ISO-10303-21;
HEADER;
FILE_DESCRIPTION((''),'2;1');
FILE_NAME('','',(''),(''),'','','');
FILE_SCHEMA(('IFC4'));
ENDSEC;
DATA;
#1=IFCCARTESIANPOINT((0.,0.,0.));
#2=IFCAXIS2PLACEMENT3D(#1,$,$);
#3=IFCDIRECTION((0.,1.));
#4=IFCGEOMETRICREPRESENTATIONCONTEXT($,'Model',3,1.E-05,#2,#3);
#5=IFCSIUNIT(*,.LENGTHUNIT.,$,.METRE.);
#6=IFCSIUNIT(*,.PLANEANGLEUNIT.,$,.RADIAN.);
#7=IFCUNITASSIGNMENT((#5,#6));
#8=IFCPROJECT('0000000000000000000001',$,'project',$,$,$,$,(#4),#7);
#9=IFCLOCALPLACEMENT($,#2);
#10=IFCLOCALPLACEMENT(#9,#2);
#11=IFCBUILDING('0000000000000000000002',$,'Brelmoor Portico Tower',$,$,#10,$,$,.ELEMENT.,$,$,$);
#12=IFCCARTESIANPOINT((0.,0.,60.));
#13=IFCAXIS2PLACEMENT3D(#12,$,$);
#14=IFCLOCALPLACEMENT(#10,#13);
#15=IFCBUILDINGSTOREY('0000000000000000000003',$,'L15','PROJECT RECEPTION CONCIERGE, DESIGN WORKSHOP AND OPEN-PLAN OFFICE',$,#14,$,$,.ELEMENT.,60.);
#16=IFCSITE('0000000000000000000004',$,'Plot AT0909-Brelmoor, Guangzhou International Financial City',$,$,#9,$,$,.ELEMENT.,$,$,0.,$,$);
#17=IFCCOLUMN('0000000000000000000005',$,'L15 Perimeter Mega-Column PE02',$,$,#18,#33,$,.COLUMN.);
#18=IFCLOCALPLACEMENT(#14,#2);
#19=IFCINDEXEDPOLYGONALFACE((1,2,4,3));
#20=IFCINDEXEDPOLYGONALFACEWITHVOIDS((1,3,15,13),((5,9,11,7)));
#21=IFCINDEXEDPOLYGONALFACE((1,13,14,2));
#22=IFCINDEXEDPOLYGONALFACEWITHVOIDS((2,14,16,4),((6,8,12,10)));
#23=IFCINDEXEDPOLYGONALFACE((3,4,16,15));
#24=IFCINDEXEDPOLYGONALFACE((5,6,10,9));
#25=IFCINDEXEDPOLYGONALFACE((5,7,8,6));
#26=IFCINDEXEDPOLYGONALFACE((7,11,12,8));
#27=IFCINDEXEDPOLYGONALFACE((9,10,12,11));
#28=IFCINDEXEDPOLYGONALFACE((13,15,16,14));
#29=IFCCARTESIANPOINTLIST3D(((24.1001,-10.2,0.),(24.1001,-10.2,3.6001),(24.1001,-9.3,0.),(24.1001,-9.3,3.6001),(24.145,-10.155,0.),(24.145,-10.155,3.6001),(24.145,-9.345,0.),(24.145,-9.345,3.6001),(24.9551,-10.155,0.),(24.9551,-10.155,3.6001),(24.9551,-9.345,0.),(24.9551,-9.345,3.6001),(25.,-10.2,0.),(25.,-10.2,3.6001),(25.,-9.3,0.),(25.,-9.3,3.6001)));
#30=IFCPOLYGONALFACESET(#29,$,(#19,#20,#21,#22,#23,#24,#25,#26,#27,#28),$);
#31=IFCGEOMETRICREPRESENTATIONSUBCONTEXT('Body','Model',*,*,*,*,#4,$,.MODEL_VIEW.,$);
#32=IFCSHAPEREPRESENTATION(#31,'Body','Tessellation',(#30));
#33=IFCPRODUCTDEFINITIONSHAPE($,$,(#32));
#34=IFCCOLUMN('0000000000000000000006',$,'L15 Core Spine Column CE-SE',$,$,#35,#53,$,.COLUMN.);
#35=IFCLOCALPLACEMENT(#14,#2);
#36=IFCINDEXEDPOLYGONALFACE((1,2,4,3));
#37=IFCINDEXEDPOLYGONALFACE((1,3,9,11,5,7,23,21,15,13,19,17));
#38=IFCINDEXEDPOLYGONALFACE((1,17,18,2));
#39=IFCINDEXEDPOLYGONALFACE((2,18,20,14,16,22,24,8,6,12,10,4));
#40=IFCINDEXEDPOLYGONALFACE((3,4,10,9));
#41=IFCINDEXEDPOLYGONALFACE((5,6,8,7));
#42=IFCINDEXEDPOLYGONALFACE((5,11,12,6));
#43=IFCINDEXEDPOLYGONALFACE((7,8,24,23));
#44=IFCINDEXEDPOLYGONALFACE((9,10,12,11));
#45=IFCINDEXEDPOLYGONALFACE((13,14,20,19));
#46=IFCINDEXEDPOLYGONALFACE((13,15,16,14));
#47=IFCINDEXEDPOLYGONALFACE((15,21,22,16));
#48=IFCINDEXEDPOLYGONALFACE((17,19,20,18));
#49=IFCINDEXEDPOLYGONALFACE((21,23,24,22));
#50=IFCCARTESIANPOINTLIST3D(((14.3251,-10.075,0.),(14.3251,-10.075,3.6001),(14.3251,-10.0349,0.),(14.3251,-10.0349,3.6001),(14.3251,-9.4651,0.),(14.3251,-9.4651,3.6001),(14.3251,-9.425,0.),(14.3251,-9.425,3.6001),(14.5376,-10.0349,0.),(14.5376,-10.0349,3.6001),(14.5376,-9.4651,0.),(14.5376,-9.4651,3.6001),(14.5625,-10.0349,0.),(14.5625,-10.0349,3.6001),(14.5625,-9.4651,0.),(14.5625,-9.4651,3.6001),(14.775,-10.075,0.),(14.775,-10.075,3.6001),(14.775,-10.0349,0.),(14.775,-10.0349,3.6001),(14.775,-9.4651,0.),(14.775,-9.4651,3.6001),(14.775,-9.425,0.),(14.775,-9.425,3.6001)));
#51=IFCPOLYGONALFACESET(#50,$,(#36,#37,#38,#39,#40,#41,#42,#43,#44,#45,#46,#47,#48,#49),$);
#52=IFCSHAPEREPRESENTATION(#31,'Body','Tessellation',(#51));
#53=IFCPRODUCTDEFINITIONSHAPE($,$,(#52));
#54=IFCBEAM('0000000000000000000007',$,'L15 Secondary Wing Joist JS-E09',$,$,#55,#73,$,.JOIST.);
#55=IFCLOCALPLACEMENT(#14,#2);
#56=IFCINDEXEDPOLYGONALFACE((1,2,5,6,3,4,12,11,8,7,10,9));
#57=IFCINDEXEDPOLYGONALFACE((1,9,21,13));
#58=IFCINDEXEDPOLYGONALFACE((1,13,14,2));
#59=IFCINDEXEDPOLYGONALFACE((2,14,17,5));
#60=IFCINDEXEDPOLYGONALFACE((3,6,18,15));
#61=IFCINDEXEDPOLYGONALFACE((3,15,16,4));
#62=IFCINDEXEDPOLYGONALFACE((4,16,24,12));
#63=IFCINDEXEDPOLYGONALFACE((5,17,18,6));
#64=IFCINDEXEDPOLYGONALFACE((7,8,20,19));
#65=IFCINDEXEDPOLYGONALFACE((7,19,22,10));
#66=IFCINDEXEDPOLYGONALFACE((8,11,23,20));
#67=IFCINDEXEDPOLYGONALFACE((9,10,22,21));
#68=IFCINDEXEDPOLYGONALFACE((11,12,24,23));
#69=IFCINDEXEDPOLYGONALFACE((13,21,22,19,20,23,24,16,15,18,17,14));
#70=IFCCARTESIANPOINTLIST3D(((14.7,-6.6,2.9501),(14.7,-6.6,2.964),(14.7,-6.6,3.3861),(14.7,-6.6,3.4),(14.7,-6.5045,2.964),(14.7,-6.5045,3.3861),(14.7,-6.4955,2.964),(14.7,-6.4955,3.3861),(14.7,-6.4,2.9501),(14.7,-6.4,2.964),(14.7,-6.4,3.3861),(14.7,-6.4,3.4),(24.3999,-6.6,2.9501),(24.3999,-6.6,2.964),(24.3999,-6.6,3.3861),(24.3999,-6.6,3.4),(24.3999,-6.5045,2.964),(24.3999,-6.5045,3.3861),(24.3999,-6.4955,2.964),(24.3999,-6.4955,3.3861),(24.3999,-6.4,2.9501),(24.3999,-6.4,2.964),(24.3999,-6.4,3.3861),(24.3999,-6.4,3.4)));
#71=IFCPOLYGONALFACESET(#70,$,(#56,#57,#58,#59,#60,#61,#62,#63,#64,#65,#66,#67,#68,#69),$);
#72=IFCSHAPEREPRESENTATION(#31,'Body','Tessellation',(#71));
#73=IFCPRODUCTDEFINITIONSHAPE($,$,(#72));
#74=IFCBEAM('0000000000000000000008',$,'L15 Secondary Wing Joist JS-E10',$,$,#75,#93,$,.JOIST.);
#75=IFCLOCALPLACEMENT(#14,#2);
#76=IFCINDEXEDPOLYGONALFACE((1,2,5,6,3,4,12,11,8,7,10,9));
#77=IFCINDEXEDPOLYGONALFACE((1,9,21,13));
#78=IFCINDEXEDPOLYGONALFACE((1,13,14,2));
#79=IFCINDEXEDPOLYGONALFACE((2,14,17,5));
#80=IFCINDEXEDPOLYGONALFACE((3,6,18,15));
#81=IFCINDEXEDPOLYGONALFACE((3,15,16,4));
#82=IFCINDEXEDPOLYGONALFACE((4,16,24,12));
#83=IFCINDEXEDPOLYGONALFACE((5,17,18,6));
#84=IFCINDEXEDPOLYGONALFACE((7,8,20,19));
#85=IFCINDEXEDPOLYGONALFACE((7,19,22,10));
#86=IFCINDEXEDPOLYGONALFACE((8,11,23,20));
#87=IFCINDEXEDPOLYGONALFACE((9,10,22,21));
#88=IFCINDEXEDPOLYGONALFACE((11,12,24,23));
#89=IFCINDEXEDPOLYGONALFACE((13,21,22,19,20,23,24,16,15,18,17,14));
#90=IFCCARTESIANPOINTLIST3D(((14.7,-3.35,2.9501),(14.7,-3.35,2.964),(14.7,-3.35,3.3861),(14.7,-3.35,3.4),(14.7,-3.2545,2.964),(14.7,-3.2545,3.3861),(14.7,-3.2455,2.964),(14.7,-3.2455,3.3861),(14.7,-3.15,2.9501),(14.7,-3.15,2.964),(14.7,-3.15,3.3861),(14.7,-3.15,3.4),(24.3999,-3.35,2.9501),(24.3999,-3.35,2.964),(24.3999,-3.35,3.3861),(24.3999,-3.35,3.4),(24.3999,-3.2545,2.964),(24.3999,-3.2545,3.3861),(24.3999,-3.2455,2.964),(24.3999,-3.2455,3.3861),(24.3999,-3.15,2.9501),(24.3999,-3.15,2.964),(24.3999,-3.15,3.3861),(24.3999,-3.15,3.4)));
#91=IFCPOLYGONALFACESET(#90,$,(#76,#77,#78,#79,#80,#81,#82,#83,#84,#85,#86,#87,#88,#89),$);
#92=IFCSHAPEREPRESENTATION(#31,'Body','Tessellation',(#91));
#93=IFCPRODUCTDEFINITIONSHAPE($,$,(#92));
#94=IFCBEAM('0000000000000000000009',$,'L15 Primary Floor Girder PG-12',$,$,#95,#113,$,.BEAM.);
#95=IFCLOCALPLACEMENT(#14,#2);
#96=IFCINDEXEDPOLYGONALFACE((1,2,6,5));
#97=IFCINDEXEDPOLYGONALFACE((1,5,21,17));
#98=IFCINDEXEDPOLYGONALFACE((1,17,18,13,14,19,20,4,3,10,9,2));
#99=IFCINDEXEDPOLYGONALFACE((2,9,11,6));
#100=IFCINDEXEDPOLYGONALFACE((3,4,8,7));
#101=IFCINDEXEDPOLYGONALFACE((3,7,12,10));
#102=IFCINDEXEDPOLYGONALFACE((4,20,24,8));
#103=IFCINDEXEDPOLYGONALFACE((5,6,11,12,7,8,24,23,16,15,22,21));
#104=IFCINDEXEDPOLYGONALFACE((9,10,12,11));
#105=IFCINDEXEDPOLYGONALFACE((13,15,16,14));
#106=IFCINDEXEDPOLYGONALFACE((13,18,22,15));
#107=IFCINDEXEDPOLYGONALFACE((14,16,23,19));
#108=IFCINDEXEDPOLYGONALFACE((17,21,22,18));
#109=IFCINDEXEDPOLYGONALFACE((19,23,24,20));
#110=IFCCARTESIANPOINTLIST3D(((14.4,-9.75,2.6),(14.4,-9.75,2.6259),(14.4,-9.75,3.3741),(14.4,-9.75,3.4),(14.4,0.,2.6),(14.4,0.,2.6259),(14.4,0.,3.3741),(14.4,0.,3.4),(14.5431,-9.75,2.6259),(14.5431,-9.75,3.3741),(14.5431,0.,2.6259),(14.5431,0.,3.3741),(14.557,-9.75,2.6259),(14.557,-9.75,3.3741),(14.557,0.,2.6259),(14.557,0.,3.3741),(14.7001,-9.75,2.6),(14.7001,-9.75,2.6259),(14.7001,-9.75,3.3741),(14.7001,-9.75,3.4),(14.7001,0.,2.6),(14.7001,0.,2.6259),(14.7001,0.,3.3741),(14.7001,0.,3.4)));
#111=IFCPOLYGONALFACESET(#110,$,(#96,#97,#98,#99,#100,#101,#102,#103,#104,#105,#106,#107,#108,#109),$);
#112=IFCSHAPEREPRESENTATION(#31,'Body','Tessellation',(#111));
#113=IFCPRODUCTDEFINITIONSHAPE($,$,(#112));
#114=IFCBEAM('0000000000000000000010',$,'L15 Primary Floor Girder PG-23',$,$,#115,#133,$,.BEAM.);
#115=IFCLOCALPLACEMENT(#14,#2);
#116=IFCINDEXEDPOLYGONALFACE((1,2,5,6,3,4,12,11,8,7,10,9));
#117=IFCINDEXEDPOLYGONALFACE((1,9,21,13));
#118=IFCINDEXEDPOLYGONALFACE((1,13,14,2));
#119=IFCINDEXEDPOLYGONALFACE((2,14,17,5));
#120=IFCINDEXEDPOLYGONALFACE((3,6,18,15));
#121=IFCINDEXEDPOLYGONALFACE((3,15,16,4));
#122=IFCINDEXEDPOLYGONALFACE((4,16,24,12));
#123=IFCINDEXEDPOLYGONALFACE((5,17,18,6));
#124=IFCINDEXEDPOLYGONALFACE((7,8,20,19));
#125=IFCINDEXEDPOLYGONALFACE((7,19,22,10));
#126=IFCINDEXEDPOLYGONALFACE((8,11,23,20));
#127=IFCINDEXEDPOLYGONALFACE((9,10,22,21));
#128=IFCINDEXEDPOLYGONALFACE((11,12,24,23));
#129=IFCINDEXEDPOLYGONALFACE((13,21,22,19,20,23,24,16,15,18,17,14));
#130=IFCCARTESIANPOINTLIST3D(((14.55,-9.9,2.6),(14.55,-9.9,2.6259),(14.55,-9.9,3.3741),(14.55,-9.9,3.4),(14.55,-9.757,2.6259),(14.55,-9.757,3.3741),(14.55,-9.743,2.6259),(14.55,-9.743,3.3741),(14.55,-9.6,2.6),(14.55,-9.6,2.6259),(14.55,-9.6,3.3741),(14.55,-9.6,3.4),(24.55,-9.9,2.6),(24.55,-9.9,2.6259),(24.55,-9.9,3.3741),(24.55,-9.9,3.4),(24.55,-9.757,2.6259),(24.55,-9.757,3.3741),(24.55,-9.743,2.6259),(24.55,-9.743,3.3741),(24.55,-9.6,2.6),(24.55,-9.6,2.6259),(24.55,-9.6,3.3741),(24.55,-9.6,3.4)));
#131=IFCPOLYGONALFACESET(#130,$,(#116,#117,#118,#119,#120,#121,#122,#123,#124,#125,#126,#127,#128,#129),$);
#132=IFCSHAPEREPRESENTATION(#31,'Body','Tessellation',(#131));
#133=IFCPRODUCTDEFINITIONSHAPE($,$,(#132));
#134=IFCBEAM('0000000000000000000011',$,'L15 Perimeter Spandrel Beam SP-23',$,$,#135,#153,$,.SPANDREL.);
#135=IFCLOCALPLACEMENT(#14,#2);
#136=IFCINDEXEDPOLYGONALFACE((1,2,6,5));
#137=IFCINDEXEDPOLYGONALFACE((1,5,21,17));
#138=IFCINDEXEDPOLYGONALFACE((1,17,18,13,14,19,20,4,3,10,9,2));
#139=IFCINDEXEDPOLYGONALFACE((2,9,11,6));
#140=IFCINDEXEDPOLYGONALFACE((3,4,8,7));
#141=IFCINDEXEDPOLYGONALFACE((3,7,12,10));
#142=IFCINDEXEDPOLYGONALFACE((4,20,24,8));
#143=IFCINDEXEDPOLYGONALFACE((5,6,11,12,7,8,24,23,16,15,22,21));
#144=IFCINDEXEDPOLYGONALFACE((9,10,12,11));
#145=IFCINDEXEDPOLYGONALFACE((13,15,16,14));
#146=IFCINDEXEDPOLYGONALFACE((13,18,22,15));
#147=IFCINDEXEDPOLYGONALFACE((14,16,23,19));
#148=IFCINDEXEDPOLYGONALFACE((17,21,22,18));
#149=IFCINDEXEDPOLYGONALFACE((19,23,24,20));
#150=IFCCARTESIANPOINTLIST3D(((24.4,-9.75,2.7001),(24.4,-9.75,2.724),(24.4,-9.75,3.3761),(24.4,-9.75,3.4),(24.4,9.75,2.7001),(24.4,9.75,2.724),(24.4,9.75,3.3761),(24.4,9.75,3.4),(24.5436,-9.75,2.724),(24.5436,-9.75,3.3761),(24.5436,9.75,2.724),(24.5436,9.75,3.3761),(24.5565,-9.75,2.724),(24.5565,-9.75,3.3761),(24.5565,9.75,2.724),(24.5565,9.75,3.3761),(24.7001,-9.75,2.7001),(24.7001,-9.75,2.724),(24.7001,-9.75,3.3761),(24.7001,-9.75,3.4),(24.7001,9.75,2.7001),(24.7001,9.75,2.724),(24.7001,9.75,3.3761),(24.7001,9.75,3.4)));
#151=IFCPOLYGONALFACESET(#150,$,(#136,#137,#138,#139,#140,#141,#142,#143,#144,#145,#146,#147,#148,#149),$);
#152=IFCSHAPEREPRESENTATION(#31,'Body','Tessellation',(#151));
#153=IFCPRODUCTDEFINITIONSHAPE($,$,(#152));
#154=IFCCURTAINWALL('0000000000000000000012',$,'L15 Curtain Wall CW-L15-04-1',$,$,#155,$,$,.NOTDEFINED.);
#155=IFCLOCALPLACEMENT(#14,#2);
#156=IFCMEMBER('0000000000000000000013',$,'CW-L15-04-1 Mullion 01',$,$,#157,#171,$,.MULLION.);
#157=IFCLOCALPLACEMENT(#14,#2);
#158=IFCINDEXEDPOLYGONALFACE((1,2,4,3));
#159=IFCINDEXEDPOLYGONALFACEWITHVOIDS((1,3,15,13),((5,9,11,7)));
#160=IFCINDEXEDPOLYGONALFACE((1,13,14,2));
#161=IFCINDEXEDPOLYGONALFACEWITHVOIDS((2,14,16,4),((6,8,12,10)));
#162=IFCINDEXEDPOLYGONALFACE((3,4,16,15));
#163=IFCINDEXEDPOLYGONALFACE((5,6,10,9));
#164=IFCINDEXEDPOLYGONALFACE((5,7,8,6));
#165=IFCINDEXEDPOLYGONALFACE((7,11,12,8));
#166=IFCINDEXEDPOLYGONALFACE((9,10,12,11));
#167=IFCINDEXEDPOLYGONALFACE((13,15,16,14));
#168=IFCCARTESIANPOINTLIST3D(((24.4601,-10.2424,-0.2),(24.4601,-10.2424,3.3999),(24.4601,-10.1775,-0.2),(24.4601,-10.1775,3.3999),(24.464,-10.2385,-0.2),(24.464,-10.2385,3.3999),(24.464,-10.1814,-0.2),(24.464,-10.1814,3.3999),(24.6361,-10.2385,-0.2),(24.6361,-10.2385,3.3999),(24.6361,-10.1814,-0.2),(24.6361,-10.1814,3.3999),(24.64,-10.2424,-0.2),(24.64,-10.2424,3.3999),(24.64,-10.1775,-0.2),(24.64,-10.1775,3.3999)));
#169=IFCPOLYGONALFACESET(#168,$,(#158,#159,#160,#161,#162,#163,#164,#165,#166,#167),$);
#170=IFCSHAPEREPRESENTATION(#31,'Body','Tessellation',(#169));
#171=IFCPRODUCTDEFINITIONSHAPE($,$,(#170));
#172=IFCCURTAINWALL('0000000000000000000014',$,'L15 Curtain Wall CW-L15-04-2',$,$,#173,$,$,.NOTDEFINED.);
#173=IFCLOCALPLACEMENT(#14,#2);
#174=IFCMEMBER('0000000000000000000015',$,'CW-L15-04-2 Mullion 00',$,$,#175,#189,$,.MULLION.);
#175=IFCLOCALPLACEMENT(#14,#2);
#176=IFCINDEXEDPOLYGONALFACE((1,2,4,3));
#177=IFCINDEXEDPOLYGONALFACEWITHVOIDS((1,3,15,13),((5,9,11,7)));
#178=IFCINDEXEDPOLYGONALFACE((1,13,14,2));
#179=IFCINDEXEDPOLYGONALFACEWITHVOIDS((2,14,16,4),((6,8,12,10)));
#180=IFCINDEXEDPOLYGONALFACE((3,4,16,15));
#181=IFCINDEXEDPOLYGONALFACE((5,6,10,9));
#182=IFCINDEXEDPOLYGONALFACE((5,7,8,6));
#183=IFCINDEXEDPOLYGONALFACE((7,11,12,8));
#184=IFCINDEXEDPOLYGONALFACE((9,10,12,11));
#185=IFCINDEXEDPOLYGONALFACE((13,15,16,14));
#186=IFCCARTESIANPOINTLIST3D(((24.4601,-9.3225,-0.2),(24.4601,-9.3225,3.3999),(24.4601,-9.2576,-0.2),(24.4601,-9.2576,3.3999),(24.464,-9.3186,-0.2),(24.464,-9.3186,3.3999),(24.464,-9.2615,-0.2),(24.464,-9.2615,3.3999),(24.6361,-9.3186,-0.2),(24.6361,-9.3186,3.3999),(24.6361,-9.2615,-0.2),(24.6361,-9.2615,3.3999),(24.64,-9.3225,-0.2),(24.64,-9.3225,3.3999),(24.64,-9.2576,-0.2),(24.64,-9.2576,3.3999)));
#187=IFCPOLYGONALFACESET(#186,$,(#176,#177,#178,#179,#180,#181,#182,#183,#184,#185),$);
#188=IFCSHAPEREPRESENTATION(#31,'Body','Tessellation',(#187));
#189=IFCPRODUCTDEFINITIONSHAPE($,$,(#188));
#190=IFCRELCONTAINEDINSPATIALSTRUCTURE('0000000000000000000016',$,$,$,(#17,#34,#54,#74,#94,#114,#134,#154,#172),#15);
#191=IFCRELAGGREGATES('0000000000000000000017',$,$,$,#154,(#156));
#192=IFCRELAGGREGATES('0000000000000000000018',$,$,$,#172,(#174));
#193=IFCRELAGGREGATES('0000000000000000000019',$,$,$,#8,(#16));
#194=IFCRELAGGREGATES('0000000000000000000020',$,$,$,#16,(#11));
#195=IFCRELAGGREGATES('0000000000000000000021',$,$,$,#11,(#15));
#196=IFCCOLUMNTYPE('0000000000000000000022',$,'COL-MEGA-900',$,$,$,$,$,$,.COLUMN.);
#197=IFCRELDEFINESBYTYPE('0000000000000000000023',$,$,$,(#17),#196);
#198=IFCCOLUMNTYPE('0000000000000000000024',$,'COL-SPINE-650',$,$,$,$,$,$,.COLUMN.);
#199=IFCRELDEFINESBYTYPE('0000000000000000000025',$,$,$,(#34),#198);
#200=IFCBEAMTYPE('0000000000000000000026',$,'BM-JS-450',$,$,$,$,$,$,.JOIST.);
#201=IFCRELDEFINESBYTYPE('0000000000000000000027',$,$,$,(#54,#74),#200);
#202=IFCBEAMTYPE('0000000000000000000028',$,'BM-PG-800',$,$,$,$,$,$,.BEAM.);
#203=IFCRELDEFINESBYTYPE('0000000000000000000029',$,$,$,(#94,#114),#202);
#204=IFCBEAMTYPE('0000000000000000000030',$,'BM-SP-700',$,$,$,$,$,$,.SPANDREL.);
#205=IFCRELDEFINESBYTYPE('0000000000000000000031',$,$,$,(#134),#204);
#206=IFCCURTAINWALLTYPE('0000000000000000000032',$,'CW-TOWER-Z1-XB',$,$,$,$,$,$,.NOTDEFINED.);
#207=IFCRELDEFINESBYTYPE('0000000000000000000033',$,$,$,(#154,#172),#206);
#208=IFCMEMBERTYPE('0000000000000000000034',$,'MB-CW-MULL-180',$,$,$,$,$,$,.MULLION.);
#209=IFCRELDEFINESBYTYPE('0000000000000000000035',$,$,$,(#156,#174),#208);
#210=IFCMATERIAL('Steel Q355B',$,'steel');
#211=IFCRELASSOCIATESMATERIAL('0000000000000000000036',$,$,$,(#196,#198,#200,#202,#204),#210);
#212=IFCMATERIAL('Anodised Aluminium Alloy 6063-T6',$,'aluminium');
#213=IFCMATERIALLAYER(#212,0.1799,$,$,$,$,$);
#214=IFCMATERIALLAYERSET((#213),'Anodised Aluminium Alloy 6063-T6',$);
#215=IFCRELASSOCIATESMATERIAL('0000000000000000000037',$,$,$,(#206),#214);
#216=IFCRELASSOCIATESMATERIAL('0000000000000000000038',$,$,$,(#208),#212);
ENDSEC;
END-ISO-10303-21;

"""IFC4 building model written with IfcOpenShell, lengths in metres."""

from ifc_helpers import new_model, si_unit, direction, frame, origin, origin_2d, place, context, subcontext, project, spatial, hollow_rectangle, i_section, extrude, material, layer, layer_set, material_profile, profile_set, type_object, element, aggregate, save


model = new_model("IFC4")

# Units and contexts
model_context = context("Model", 3, precision=1e-05, world=origin(), true_north=direction((0.0, 1.0)))
body_context = subcontext(model_context, "Body", "Model", "MODEL_VIEW")
ifc_project = project(units=[si_unit("LENGTHUNIT", "METRE"), si_unit("PLANEANGLEUNIT", "RADIAN")], contexts=[model_context])

# Site, building, storey
site_placement = place(None, origin())
site = spatial("IfcSite", under=ifc_project, at=site_placement, Name="Plot AT0909-Brelmoor, Guangzhou International Financial City", CompositionType="ELEMENT", RefElevation=0.0)
building_placement = place(site_placement, origin())
building = spatial("IfcBuilding", under=site, at=building_placement, Name="Brelmoor Portico Tower", CompositionType="ELEMENT")
storey_placement = place(building_placement, frame((0.0, 0.0, 60.0)))
storey = spatial("IfcBuildingStorey", under=building, at=storey_placement, Name="L15", Description="PROJECT RECEPTION CONCIERGE, DESIGN WORKSHOP AND OPEN-PLAN OFFICE", CompositionType="ELEMENT", Elevation=60.0)

# Columns
ifc_material_1 = material(Name="Steel Q355B", Category="steel")
ifc_material_profile_1 = material_profile(ifc_material_1, hollow_rectangle(XDim=0.8999, YDim=0.8999, WallThickness=0.0449, at=origin_2d()), Name="BOX 900x900x45")
ifc_profile_set_1 = profile_set([ifc_material_profile_1], Name="Steel Q355B")
column_type_1 = type_object("IfcColumnType", Name="COL-MEGA-900", PredefinedType="COLUMN", material=ifc_profile_set_1)
column_1_placement = place(storey_placement, frame((24.55, -9.75, 0.0), z_axis=(0.0, 0.0, 1.0), x_axis=(0.0, 1.0, 0.0)))
element("IfcColumn", 1, at=column_1_placement, inside=storey, type_object=column_type_1, Name="L15 Perimeter Mega-Column PE02", PredefinedType="COLUMN", context=body_context, shape_type="SweptSolid", body=[
    extrude(hollow_rectangle(XDim=0.8999, YDim=0.8999, WallThickness=0.0449, at=origin_2d()), origin(), (0.0, 0.0, 1.0), 3.6001),
])
ifc_material_profile_2 = material_profile(ifc_material_1, i_section(OverallWidth=0.45, OverallDepth=0.6499, WebThickness=0.0249, FlangeThickness=0.04, at=origin_2d()), Name="HW 650x450x25x40")
ifc_profile_set_2 = profile_set([ifc_material_profile_2], Name="Steel Q355B")
column_type_2 = type_object("IfcColumnType", Name="COL-SPINE-650", PredefinedType="COLUMN", material=ifc_profile_set_2)
column_2_placement = place(storey_placement, frame((14.55, -9.75, 0.0), z_axis=(0.0, 0.0, 1.0), x_axis=(1.0, 0.0, 0.0)))
element("IfcColumn", 2, at=column_2_placement, inside=storey, type_object=column_type_2, Name="L15 Core Spine Column CE-SE", PredefinedType="COLUMN", context=body_context, shape_type="SweptSolid", body=[
    extrude(i_section(OverallWidth=0.45, OverallDepth=0.6499, WebThickness=0.0249, FlangeThickness=0.04, at=origin_2d()), origin(), (0.0, 0.0, 1.0), 3.6001),
])

# Beams
ifc_material_profile_3 = material_profile(ifc_material_1, i_section(OverallWidth=0.2, OverallDepth=0.45, WebThickness=0.009, FlangeThickness=0.0139, at=origin_2d()), Name="HN 450x200x9x14")
ifc_profile_set_3 = profile_set([ifc_material_profile_3], Name="Steel Q355B")
beam_type_1 = type_object("IfcBeamType", Name="BM-JS-450", PredefinedType="JOIST", material=ifc_profile_set_3)
for number, where, z_axis, x_axis, name in (
    (3, (14.7, -6.5, 3.175), (1.0, 0.0, 0.0), (0.0, 1.0, 0.0), "L15 Secondary Wing Joist JS-E09"),
    (4, (14.7, -3.25, 3.175), (1.0, 0.0, 0.0), (0.0, 1.0, 0.0), "L15 Secondary Wing Joist JS-E10"),
):
    element("IfcBeam", number, at=place(storey_placement, frame(where, z_axis=z_axis, x_axis=x_axis)), inside=storey, type_object=beam_type_1, Name=name, PredefinedType="JOIST", context=body_context, shape_type="SweptSolid", body=[
        extrude(i_section(OverallWidth=0.2, OverallDepth=0.45, WebThickness=0.009, FlangeThickness=0.0139, at=origin_2d()), origin(), (0.0, 0.0, 1.0), 9.7),
    ])
ifc_material_profile_4 = material_profile(ifc_material_1, i_section(OverallWidth=0.3, OverallDepth=0.8, WebThickness=0.0139, FlangeThickness=0.0259, at=origin_2d()), Name="HN 800x300x14x26")
ifc_profile_set_4 = profile_set([ifc_material_profile_4], Name="Steel Q355B")
beam_type_2 = type_object("IfcBeamType", Name="BM-PG-800", PredefinedType="BEAM", material=ifc_profile_set_4)
beam_1_placement = place(storey_placement, frame((14.55, -9.75, 3.0), z_axis=(0.0, 1.0, 0.0), x_axis=(-1.0, 0.0, 0.0)))
element("IfcBeam", 5, at=beam_1_placement, inside=storey, type_object=beam_type_2, Name="L15 Primary Floor Girder PG-12", PredefinedType="BEAM", context=body_context, shape_type="SweptSolid", body=[
    extrude(i_section(OverallWidth=0.3, OverallDepth=0.8, WebThickness=0.0139, FlangeThickness=0.0259, at=origin_2d()), origin(), (0.0, 0.0, 1.0), 9.75),
])
beam_2_placement = place(storey_placement, frame((14.55, -9.75, 3.0), z_axis=(1.0, 0.0, 0.0), x_axis=(0.0, 1.0, 0.0)))
element("IfcBeam", 6, at=beam_2_placement, inside=storey, type_object=beam_type_2, Name="L15 Primary Floor Girder PG-23", PredefinedType="BEAM", context=body_context, shape_type="SweptSolid", body=[
    extrude(i_section(OverallWidth=0.3, OverallDepth=0.8, WebThickness=0.0139, FlangeThickness=0.0259, at=origin_2d()), origin(), (0.0, 0.0, 1.0), 10.0),
])
ifc_material_profile_5 = material_profile(ifc_material_1, i_section(OverallWidth=0.3, OverallDepth=0.7, WebThickness=0.0129, FlangeThickness=0.0239, at=origin_2d()), Name="HN 700x300x13x24")
ifc_profile_set_5 = profile_set([ifc_material_profile_5], Name="Steel Q355B")
beam_type_3 = type_object("IfcBeamType", Name="BM-SP-700", PredefinedType="SPANDREL", material=ifc_profile_set_5)
beam_3_placement = place(storey_placement, frame((24.55, -9.75, 3.05), z_axis=(0.0, 1.0, 0.0), x_axis=(-1.0, 0.0, 0.0)))
element("IfcBeam", 7, at=beam_3_placement, inside=storey, type_object=beam_type_3, Name="L15 Perimeter Spandrel Beam SP-23", PredefinedType="SPANDREL", context=body_context, shape_type="SweptSolid", body=[
    extrude(i_section(OverallWidth=0.3, OverallDepth=0.7, WebThickness=0.0129, FlangeThickness=0.0239, at=origin_2d()), origin(), (0.0, 0.0, 1.0), 19.5),
])

# Curtain walls, members
ifc_material_2 = material(Name="Anodised Aluminium Alloy 6063-T6", Category="aluminium")
ifc_layer_1 = layer(ifc_material_2, 0.1799)
ifc_layer_set_1 = layer_set([ifc_layer_1], Name="Anodised Aluminium Alloy 6063-T6")
curtain_wall_type = type_object("IfcCurtainWallType", Name="CW-TOWER-Z1-XB", PredefinedType="NOTDEFINED", material=ifc_layer_set_1)
curtain_wall_1_placement = place(storey_placement, origin())
curtain_wall_1 = element("IfcCurtainWall", 8, at=curtain_wall_1_placement, inside=storey, type_object=curtain_wall_type, Name="L15 Curtain Wall CW-L15-04-1", PredefinedType="NOTDEFINED")
ifc_material_profile_6 = material_profile(ifc_material_2, hollow_rectangle(XDim=0.0649, YDim=0.1799, WallThickness=0.0039, at=origin_2d()), Name="ALU MULLION 65x180")
ifc_profile_set_6 = profile_set([ifc_material_profile_6], Name="Anodised Aluminium Alloy 6063-T6")
member_type_1 = type_object("IfcMemberType", Name="MB-CW-MULL-180", PredefinedType="MULLION", material=ifc_profile_set_6)
member_1_placement = place(storey_placement, frame((24.55, -10.21, -0.2), z_axis=(0.0, 0.0, 1.0), x_axis=(0.0, 1.0, 0.0)))
member_1 = element("IfcMember", 9, at=member_1_placement, type_object=member_type_1, Name="CW-L15-04-1 Mullion 01", PredefinedType="MULLION", context=body_context, shape_type="SweptSolid", body=[
    extrude(hollow_rectangle(XDim=0.0649, YDim=0.1799, WallThickness=0.0039, at=origin_2d()), origin(), (0.0, 0.0, 1.0), 3.5999),
])
curtain_wall_2_placement = place(storey_placement, origin())
curtain_wall_2 = element("IfcCurtainWall", 10, at=curtain_wall_2_placement, inside=storey, type_object=curtain_wall_type, Name="L15 Curtain Wall CW-L15-04-2", PredefinedType="NOTDEFINED")
member_2_placement = place(storey_placement, frame((24.55, -9.29, -0.2), z_axis=(0.0, 0.0, 1.0), x_axis=(0.0, 1.0, 0.0)))
member_2 = element("IfcMember", 11, at=member_2_placement, type_object=member_type_1, Name="CW-L15-04-2 Mullion 00", PredefinedType="MULLION", context=body_context, shape_type="SweptSolid", body=[
    extrude(hollow_rectangle(XDim=0.0649, YDim=0.1799, WallThickness=0.0039, at=origin_2d()), origin(), (0.0, 0.0, 1.0), 3.5999),
])

aggregate(curtain_wall_1, [member_1])
aggregate(curtain_wall_2, [member_2])

save(model, "model.ifc")
